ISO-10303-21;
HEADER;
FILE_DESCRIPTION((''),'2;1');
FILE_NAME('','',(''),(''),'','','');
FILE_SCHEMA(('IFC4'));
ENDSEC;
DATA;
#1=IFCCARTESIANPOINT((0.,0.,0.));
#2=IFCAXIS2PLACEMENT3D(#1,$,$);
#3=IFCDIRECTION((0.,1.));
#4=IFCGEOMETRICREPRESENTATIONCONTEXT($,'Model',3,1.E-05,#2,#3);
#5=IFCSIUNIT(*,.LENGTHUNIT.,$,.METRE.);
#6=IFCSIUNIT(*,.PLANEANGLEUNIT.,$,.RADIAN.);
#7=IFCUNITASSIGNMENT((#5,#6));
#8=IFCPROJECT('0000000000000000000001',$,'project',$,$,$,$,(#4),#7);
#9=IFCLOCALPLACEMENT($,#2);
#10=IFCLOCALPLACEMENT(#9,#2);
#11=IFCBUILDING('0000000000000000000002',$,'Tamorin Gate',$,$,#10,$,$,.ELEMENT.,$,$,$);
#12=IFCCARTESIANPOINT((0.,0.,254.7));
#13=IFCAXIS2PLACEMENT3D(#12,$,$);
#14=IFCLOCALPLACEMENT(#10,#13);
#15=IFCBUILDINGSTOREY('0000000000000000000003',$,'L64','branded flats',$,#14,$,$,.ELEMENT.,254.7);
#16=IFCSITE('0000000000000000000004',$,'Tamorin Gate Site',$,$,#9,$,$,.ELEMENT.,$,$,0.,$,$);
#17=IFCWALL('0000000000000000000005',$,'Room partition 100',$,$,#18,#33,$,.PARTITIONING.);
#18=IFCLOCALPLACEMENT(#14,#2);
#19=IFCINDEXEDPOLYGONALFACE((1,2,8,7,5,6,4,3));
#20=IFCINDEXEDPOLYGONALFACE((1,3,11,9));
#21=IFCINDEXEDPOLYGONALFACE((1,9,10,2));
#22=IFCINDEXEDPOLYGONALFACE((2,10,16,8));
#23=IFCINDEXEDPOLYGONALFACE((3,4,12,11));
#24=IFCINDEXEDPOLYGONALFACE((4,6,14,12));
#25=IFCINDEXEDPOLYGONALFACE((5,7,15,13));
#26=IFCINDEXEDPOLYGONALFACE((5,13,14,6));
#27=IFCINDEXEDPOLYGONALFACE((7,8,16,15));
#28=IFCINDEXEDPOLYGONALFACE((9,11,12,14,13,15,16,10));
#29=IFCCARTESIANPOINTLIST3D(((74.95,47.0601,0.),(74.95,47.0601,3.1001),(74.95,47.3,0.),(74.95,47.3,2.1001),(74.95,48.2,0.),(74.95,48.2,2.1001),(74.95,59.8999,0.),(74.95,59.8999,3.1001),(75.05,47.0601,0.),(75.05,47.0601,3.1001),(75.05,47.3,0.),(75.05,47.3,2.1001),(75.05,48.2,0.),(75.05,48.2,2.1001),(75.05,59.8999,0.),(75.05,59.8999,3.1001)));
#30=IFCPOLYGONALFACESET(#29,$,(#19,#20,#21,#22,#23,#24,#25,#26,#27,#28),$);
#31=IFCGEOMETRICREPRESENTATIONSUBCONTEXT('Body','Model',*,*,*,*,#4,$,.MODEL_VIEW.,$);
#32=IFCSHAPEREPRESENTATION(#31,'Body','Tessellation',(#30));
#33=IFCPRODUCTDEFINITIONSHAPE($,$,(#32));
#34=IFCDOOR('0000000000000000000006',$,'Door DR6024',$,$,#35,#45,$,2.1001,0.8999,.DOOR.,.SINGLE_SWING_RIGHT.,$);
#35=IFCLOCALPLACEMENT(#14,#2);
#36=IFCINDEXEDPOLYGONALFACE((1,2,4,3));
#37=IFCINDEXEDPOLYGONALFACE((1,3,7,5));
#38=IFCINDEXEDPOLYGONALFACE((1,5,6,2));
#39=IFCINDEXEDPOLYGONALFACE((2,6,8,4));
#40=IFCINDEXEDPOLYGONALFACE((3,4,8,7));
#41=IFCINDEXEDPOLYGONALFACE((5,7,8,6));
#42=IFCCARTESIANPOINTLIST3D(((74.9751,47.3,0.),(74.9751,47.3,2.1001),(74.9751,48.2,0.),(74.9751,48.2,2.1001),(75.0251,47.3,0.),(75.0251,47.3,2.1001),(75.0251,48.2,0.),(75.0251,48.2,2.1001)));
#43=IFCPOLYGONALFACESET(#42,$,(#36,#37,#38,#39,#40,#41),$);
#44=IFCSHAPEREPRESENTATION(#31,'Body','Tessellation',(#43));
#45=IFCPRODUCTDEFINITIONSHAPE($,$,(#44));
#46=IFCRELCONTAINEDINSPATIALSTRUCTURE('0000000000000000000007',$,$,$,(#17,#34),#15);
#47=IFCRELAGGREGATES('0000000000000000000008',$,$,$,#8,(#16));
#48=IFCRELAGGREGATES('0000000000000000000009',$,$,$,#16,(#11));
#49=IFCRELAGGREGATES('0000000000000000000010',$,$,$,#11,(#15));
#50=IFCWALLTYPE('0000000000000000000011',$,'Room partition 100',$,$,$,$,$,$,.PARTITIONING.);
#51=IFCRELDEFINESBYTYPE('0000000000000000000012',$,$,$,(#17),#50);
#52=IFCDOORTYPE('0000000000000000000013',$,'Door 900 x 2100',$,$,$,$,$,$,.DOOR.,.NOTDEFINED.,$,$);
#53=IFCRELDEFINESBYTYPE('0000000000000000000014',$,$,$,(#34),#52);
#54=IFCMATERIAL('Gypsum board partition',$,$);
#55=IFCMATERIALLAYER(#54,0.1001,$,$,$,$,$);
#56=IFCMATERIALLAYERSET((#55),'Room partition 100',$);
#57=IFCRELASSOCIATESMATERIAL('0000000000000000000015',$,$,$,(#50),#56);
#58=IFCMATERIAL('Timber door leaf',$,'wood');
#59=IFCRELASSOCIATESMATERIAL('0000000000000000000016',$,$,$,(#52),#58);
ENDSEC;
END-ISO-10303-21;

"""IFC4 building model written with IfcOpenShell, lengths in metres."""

from ifc_helpers import new_model, si_unit, direction, frame, frame_2d, origin, place, context, subcontext, project, spatial, rectangle, extrude, material, layer, layer_set, type_object, element, fill, save


model = new_model("IFC4")

# Units and contexts
model_context = context("Model", 3, precision=1e-05, world=origin(), true_north=direction((0.0, 1.0)))
body_context = subcontext(model_context, "Body", "Model", "MODEL_VIEW")
ifc_project = project(units=[si_unit("LENGTHUNIT", "METRE"), si_unit("PLANEANGLEUNIT", "RADIAN")], contexts=[model_context])

# Site, building, storey
site_placement = place(None, origin())
site = spatial("IfcSite", under=ifc_project, at=site_placement, Name="Tamorin Gate Site", CompositionType="ELEMENT", RefElevation=0.0)
building_placement = place(site_placement, origin())
building = spatial("IfcBuilding", under=site, at=building_placement, Name="Tamorin Gate", CompositionType="ELEMENT")
storey_placement = place(building_placement, frame((0.0, 0.0, 254.7)))
storey = spatial("IfcBuildingStorey", under=building, at=storey_placement, Name="L64", Description="branded flats", CompositionType="ELEMENT", Elevation=254.7)

# Shared definitions
ifc_material_1 = material(Name="Gypsum board partition")
ifc_layer_1 = layer(ifc_material_1, 0.1001)
ifc_layer_set_1 = layer_set([ifc_layer_1], Name="Room partition 100")
wall_type_1 = type_object("IfcWallType", Name="Room partition 100", PredefinedType="PARTITIONING", material=ifc_layer_set_1)

# Wall, opening, door
wall_1_placement = place(storey_placement, frame((75.0, 47.0601, 0.0), z_axis=(0.0, 0.0, 1.0), x_axis=(0.0, 1.0, 0.0)))
wall_1 = element("IfcWall", 1, at=wall_1_placement, inside=storey, type_object=wall_type_1, Name="Room partition 100", PredefinedType="PARTITIONING", context=body_context, shape_type="SweptSolid", body=[
    extrude(rectangle(XDim=12.8398, YDim=0.1001, at=frame_2d((6.4199, 0.0))), origin(), (0.0, 0.0, 1.0), 3.1001),
])
opening_1_placement = place(wall_1_placement, frame((0.24, 0.0, 0.0)))
opening_1 = element("IfcOpeningElement", 2, at=opening_1_placement, cuts=wall_1, PredefinedType="OPENING", context=body_context, shape_type="SweptSolid", body=[
    extrude(rectangle(XDim=0.8999, YDim=2.1001, at=frame_2d((0.45, 1.05))), frame((0.0, 0.0601, 0.0), z_axis=(0.0, -1.0, 0.0), x_axis=(1.0, 0.0, 0.0)), (0.0, 0.0, 1.0), 0.1201),
])
ifc_material_2 = material(Name="Timber door leaf", Category="wood")
door_type = type_object("IfcDoorType", Name="Door 900 x 2100", OperationType="NOTDEFINED", PredefinedType="DOOR", material=ifc_material_2)
door_placement = place(opening_1_placement, origin())
door = element("IfcDoor", 3, at=door_placement, inside=storey, type_object=door_type, Name="Door DR6024", OperationType="SINGLE_SWING_RIGHT", OverallHeight=2.1001, OverallWidth=0.8999, PredefinedType="DOOR", context=body_context, shape_type="SweptSolid", body=[
    extrude(rectangle(XDim=0.8999, YDim=2.1001, at=frame_2d((0.45, 1.05))), frame((0.0, 0.0249, 0.0), z_axis=(0.0, -1.0, 0.0), x_axis=(1.0, 0.0, 0.0)), (0.0, 0.0, 1.0), 0.05),
])
fill(opening_1, door)

save(model, "model.ifc")
